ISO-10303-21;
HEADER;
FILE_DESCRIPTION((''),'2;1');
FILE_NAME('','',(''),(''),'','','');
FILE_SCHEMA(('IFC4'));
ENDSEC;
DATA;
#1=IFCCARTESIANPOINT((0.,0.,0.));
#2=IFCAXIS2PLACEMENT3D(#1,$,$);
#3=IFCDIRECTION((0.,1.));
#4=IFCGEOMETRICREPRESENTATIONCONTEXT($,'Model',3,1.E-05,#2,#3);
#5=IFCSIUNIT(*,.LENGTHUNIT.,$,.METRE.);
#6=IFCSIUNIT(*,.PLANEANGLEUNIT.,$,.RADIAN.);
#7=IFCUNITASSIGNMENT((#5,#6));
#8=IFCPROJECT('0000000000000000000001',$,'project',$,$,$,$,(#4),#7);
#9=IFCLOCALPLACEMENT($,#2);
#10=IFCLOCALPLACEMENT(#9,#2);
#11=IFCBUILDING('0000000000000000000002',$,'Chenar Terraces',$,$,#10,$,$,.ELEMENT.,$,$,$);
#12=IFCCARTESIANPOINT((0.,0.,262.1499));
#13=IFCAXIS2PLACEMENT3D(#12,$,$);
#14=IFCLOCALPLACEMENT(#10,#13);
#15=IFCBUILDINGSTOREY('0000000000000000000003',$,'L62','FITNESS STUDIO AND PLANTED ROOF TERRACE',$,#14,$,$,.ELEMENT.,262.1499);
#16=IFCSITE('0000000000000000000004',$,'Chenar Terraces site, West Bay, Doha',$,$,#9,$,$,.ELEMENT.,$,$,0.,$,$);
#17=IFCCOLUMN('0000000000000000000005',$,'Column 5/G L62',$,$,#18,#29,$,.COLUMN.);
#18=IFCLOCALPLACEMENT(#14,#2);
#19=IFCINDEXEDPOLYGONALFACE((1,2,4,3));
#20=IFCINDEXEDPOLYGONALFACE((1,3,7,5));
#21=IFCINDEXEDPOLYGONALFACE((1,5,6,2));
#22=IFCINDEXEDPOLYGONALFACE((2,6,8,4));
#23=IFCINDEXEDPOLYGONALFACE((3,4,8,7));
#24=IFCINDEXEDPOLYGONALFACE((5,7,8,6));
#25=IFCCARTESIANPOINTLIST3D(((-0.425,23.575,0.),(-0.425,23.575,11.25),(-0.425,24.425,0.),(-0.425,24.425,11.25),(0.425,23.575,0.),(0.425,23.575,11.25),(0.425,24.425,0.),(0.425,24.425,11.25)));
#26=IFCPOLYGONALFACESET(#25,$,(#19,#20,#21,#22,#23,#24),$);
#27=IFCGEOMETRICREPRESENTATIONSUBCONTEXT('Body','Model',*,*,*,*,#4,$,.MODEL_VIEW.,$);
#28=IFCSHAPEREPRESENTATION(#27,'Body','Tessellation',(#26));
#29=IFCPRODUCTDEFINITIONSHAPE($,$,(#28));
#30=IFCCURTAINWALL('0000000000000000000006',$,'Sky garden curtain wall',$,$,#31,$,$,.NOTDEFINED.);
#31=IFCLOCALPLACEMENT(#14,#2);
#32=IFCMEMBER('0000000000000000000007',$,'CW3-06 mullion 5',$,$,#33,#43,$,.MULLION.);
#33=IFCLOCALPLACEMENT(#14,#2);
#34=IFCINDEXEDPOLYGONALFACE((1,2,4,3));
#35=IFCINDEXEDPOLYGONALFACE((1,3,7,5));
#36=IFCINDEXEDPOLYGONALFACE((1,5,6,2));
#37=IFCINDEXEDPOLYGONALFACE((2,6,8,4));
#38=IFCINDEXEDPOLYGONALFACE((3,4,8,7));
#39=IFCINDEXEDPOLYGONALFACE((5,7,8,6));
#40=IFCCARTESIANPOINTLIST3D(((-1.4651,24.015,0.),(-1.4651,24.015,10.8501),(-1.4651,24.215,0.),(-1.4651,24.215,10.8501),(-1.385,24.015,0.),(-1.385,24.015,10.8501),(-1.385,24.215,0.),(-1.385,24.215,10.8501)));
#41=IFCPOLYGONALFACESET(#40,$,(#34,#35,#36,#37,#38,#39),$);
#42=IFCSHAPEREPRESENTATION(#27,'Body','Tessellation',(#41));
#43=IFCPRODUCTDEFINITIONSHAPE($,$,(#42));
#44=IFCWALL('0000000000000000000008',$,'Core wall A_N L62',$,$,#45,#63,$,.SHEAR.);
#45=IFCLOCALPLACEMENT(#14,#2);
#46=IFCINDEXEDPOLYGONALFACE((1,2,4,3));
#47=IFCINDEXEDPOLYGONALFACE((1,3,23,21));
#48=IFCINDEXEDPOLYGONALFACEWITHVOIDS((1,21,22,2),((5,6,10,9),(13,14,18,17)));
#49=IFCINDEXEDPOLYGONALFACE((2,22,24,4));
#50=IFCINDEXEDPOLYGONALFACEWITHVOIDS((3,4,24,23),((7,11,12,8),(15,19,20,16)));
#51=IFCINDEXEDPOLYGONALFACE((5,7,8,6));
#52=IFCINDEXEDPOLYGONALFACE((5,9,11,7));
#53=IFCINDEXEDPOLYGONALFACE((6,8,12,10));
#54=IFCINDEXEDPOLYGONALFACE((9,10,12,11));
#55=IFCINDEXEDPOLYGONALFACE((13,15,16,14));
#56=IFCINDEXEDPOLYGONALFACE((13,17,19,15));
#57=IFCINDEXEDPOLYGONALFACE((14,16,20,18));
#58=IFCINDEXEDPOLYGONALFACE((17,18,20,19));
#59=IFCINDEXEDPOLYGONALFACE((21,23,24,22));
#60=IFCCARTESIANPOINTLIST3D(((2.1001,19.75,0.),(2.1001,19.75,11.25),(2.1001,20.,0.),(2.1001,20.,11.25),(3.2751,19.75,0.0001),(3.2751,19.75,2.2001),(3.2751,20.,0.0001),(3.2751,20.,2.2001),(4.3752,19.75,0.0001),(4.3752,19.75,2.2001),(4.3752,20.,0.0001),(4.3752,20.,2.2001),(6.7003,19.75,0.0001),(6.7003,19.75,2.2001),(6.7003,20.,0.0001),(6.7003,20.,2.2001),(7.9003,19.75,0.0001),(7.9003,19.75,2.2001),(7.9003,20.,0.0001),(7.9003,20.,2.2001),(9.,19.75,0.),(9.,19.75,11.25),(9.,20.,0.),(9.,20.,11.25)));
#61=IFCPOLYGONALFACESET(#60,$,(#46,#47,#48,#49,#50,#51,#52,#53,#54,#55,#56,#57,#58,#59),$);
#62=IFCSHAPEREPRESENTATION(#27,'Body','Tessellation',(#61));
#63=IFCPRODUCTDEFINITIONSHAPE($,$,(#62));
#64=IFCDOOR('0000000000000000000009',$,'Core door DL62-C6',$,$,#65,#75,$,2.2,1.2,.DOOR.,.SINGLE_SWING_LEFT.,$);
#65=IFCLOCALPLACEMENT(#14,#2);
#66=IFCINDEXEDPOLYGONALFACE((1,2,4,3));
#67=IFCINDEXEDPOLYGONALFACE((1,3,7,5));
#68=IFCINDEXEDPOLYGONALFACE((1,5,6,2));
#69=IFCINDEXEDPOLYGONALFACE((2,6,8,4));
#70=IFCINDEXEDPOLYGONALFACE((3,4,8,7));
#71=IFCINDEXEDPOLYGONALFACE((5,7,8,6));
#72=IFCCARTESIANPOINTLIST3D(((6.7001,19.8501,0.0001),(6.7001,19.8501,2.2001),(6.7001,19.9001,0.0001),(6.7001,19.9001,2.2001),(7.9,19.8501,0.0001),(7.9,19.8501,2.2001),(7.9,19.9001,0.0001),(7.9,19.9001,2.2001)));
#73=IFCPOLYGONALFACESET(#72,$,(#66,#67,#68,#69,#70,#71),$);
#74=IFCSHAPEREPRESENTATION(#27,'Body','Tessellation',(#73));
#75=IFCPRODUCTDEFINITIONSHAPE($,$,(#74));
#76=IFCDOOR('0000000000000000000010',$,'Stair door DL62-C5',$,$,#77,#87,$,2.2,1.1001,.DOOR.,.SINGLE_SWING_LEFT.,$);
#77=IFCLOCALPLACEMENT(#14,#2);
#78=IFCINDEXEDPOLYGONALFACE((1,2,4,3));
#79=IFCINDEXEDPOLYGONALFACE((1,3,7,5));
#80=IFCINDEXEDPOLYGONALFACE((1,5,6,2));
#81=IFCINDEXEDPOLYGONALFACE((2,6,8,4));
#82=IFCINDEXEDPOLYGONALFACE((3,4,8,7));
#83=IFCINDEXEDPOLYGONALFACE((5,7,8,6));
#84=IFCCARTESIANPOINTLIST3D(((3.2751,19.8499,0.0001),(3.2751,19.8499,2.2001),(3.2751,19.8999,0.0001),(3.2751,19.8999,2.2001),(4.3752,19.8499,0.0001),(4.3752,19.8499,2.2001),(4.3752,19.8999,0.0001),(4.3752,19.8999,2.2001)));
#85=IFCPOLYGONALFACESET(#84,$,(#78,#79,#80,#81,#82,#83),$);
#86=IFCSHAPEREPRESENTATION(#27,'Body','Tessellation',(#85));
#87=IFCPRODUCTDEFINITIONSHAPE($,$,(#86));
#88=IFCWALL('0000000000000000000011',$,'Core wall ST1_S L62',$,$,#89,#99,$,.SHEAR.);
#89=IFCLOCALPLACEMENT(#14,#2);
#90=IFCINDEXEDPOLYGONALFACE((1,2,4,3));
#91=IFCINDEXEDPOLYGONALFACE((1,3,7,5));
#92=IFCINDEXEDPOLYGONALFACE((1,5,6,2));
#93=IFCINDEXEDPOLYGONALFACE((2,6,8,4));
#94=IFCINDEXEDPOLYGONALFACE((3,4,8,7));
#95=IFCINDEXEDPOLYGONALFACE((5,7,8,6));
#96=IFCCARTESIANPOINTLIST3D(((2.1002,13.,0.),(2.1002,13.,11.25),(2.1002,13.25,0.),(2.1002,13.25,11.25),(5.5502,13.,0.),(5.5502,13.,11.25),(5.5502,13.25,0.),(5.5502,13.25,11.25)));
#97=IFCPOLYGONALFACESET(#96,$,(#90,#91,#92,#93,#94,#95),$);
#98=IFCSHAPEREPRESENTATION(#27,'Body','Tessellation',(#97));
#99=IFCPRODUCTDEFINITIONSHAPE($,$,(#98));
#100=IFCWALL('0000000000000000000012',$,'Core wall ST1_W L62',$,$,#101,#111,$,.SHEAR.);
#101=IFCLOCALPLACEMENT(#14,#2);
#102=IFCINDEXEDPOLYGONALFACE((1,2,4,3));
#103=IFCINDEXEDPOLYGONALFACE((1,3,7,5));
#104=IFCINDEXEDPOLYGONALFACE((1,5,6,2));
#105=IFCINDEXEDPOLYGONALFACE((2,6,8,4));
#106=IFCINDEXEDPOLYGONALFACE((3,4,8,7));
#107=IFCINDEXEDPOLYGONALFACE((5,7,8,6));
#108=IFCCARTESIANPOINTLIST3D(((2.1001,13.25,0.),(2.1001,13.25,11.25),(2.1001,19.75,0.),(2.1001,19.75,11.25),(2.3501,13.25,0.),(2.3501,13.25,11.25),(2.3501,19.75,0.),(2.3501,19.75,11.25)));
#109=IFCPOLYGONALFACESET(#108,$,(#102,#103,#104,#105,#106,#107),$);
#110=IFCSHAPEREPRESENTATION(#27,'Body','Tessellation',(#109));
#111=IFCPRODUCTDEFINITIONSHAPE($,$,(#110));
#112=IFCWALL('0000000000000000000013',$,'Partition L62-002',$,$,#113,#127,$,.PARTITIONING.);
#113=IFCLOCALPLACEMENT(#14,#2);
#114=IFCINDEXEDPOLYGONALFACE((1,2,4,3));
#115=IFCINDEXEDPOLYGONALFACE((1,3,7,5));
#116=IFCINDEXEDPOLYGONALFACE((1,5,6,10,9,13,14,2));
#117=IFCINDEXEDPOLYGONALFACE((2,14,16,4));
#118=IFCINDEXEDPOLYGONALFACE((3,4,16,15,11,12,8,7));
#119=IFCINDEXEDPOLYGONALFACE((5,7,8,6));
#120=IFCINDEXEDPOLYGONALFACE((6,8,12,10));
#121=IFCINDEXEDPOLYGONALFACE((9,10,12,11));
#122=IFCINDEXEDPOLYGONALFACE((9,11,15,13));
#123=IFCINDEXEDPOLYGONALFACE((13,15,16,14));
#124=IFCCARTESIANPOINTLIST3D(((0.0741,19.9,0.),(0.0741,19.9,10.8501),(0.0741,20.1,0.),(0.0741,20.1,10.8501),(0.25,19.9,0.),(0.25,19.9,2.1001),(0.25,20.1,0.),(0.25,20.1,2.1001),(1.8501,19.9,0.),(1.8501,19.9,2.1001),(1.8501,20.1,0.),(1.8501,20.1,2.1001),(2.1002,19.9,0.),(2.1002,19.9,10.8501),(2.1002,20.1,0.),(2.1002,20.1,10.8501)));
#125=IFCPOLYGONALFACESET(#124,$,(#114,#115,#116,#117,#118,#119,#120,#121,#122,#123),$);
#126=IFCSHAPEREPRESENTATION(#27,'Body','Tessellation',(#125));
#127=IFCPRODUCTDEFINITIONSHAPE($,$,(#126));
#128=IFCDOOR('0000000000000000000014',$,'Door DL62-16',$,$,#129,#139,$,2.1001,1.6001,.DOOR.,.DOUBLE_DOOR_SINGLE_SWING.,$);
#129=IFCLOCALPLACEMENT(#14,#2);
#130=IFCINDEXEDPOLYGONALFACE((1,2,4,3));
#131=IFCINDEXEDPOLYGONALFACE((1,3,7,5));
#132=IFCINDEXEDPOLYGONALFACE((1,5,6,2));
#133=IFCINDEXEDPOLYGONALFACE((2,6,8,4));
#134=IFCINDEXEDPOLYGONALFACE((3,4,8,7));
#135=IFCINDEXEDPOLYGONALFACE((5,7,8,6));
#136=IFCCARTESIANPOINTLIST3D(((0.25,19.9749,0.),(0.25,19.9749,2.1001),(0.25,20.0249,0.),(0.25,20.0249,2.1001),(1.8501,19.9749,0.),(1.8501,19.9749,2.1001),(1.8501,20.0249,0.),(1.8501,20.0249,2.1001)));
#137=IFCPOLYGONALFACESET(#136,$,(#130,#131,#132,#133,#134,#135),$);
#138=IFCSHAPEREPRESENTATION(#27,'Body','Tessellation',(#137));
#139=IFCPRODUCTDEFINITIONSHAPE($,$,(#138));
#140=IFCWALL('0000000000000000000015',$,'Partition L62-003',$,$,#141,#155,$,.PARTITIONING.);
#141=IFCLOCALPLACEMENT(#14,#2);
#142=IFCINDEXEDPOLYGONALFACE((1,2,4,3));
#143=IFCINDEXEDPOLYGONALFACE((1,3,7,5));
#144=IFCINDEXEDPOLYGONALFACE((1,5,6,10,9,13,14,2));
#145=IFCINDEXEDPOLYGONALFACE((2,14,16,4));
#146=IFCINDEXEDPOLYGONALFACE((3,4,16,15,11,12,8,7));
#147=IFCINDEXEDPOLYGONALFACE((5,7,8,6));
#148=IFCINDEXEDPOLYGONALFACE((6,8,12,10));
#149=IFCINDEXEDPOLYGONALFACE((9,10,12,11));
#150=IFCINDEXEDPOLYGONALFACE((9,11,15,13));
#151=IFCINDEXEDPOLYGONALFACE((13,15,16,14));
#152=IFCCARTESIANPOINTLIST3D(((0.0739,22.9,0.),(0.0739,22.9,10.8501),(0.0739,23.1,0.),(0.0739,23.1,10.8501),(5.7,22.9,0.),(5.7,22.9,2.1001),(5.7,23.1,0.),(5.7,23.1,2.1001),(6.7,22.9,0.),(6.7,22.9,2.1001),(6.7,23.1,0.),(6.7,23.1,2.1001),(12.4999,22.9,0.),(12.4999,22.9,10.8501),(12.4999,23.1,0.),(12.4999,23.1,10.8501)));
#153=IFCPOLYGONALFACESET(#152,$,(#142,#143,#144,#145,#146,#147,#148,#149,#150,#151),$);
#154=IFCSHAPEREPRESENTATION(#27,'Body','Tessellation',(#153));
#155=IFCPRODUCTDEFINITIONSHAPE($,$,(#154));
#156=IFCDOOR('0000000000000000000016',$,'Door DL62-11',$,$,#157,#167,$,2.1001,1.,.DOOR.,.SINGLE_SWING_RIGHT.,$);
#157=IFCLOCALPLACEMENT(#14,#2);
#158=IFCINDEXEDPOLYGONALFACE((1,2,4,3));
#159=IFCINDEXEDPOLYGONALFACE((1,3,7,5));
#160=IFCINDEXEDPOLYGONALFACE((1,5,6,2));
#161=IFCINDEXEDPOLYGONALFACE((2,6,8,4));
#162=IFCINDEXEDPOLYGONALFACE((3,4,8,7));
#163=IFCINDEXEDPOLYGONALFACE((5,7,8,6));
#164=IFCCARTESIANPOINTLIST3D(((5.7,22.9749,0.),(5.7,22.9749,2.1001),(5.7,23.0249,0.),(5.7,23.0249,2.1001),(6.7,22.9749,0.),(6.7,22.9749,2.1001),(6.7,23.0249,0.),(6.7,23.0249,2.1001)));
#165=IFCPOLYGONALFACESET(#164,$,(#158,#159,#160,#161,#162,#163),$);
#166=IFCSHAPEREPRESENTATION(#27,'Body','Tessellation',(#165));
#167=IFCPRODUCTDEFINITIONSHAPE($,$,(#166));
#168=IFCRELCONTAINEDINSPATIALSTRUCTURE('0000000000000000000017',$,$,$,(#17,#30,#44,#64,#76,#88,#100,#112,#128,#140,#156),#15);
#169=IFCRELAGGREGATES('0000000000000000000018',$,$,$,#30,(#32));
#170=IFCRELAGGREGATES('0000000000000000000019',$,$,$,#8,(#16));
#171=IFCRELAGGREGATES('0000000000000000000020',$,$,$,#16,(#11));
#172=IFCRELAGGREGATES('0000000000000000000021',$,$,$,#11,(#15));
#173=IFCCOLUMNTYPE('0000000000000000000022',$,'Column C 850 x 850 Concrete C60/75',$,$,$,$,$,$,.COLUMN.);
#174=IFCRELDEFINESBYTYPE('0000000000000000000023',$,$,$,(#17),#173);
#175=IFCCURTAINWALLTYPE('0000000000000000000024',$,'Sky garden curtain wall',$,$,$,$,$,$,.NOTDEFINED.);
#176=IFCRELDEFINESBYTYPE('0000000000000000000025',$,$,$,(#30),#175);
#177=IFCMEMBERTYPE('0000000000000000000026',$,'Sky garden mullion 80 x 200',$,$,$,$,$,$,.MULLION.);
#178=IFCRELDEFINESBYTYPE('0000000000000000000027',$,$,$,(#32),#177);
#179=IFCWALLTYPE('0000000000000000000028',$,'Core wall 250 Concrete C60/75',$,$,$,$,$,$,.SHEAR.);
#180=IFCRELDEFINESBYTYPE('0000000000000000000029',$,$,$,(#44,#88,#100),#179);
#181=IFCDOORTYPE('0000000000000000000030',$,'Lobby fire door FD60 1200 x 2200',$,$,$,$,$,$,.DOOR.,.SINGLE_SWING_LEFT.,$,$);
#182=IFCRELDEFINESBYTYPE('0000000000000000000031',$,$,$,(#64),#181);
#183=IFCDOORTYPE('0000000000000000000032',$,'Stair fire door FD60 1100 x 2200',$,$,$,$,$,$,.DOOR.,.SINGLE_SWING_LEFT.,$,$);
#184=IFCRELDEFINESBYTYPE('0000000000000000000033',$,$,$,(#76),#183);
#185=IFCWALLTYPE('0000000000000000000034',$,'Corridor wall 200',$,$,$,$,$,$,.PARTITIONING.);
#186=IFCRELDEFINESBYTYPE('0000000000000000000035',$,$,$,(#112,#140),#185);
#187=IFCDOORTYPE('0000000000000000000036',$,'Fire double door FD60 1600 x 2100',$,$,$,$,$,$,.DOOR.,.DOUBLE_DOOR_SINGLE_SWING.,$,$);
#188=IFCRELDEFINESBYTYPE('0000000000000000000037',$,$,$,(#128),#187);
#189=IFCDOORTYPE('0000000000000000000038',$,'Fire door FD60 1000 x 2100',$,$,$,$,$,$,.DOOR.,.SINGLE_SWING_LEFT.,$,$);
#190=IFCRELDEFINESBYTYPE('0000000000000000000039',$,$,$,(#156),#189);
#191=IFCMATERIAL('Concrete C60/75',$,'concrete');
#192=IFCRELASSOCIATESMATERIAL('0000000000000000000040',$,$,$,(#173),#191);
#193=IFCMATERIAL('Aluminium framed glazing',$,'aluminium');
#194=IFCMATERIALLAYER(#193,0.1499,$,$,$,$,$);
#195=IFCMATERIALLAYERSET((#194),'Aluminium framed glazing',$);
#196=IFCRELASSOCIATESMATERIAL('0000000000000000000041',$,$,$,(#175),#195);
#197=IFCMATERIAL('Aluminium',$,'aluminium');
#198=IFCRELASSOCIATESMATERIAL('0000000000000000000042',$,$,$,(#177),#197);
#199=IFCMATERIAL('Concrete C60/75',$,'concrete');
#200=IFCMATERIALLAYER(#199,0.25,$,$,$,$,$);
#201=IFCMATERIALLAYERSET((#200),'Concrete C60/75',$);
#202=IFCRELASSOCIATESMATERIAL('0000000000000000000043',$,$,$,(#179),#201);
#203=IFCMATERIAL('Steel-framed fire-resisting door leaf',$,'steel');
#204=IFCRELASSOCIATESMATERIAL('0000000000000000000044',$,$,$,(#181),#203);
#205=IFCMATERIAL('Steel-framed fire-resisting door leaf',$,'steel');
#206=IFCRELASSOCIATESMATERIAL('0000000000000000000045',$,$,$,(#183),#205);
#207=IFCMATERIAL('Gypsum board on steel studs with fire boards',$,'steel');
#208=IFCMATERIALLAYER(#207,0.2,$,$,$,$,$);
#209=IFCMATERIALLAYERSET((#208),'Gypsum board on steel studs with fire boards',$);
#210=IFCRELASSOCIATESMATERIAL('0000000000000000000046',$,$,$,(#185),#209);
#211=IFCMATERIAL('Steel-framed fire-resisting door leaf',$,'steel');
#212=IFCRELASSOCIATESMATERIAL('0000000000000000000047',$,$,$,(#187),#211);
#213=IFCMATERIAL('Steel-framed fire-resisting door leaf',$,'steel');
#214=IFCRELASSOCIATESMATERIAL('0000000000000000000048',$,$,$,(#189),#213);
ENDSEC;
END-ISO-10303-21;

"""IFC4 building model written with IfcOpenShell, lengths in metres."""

from ifc_helpers import new_model, si_unit, direction, frame, frame_2d, origin, origin_2d, place, context, subcontext, project, spatial, rectangle, extrude, material, layer, layer_set, material_profile, profile_set, type_object, element, fill, aggregate, save


model = new_model("IFC4")

# Units and contexts
model_context = context("Model", 3, precision=1e-05, world=origin(), true_north=direction((0.0, 1.0)))
body_context = subcontext(model_context, "Body", "Model", "MODEL_VIEW")
ifc_project = project(units=[si_unit("LENGTHUNIT", "METRE"), si_unit("PLANEANGLEUNIT", "RADIAN")], contexts=[model_context])

# Site, building, storey
site_placement = place(None, origin())
site = spatial("IfcSite", under=ifc_project, at=site_placement, Name="Chenar Terraces site, West Bay, Doha", CompositionType="ELEMENT", RefElevation=0.0)
building_placement = place(site_placement, origin())
building = spatial("IfcBuilding", under=site, at=building_placement, Name="Chenar Terraces", CompositionType="ELEMENT")
storey_placement = place(building_placement, frame((0.0, 0.0, 262.1499)))
storey = spatial("IfcBuildingStorey", under=building, at=storey_placement, Name="L62", Description="FITNESS STUDIO AND PLANTED ROOF TERRACE", CompositionType="ELEMENT", Elevation=262.1499)

# Column
ifc_material_1 = material(Name="Concrete C60/75", Category="concrete")
ifc_material_profile_1 = material_profile(ifc_material_1, rectangle(XDim=0.8501, YDim=0.8501, at=origin_2d()), Name="C 850 x 850")
ifc_profile_set_1 = profile_set([ifc_material_profile_1], Name="Concrete C60/75")
column_type = type_object("IfcColumnType", Name="Column C 850 x 850 Concrete C60/75", PredefinedType="COLUMN", material=ifc_profile_set_1)
column_placement = place(storey_placement, frame((0.0, 24.0, 0.0), z_axis=(0.0, 0.0, 1.0), x_axis=(1.0, 0.0, 0.0)))
element("IfcColumn", 1, at=column_placement, inside=storey, type_object=column_type, Name="Column 5/G L62", PredefinedType="COLUMN", context=body_context, shape_type="SweptSolid", body=[
    extrude(rectangle(XDim=0.8501, YDim=0.8501, at=origin_2d()), origin(), (0.0, 0.0, 1.0), 11.25),
])

# Curtain wall, member
ifc_material_2 = material(Name="Aluminium framed glazing", Category="aluminium")
ifc_layer_1 = layer(ifc_material_2, 0.1499)
ifc_layer_set_1 = layer_set([ifc_layer_1], Name="Aluminium framed glazing")
curtain_wall_type = type_object("IfcCurtainWallType", Name="Sky garden curtain wall", PredefinedType="NOTDEFINED", material=ifc_layer_set_1)
curtain_wall_placement = place(storey_placement, origin())
curtain_wall = element("IfcCurtainWall", 2, at=curtain_wall_placement, inside=storey, type_object=curtain_wall_type, Name="Sky garden curtain wall", PredefinedType="NOTDEFINED")
ifc_material_3 = material(Name="Aluminium", Category="aluminium")
ifc_material_profile_2 = material_profile(ifc_material_3, rectangle(XDim=0.0801, YDim=0.2, at=origin_2d()), Name="Sky garden mullion 80 x 200")
ifc_profile_set_2 = profile_set([ifc_material_profile_2], Name="Aluminium")
member_type = type_object("IfcMemberType", Name="Sky garden mullion 80 x 200", PredefinedType="MULLION", material=ifc_profile_set_2)
member_placement = place(storey_placement, frame((-1.425, 24.115, 0.0), z_axis=(0.0, 0.0, 1.0), x_axis=(1.0, 0.0, 0.0)))
member = element("IfcMember", 3, at=member_placement, type_object=member_type, Name="CW3-06 mullion 5", PredefinedType="MULLION", context=body_context, shape_type="SweptSolid", body=[
    extrude(rectangle(XDim=0.0801, YDim=0.2, at=origin_2d()), origin(), (0.0, 0.0, 1.0), 10.8501),
])
aggregate(curtain_wall, [member])

# Wall, openings, doors
ifc_material_4 = material(Name="Concrete C60/75", Category="concrete")
ifc_layer_2 = layer(ifc_material_4, 0.25)
ifc_layer_set_2 = layer_set([ifc_layer_2], Name="Concrete C60/75")
wall_type_1 = type_object("IfcWallType", Name="Core wall 250 Concrete C60/75", PredefinedType="SHEAR", material=ifc_layer_set_2)
wall_1_placement = place(storey_placement, frame((2.1001, 19.875, 0.0), z_axis=(0.0, 0.0, 1.0), x_axis=(1.0, 0.0, 0.0)))
wall_1 = element("IfcWall", 4, at=wall_1_placement, inside=storey, type_object=wall_type_1, Name="Core wall A_N L62", PredefinedType="SHEAR", context=body_context, shape_type="SweptSolid", body=[
    extrude(rectangle(XDim=6.8999, YDim=0.25, at=frame_2d((3.45, 0.0))), origin(), (0.0, 0.0, 1.0), 11.25),
])
opening_1_placement = place(wall_1_placement, frame((1.175, 0.0, 0.0)))
opening_1 = element("IfcOpeningElement", 5, at=opening_1_placement, cuts=wall_1, PredefinedType="OPENING", context=body_context, shape_type="SweptSolid", body=[
    extrude(rectangle(XDim=1.1001, YDim=2.2, at=frame_2d((0.55, 1.1001))), frame((0.0, 0.135, 0.0), z_axis=(0.0, -1.0, 0.0), x_axis=(1.0, 0.0, 0.0)), (0.0, 0.0, 1.0), 0.27),
])
opening_2_placement = place(wall_1_placement, frame((4.6001, 0.0, 0.0)))
opening_2 = element("IfcOpeningElement", 6, at=opening_2_placement, cuts=wall_1, PredefinedType="OPENING", context=body_context, shape_type="SweptSolid", body=[
    extrude(rectangle(XDim=1.2, YDim=2.2, at=frame_2d((0.6001, 1.1001))), frame((0.0, 0.135, 0.0), z_axis=(0.0, -1.0, 0.0), x_axis=(1.0, 0.0, 0.0)), (0.0, 0.0, 1.0), 0.27),
])
ifc_material_5 = material(Name="Steel-framed fire-resisting door leaf", Category="steel")
door_type_1 = type_object("IfcDoorType", Name="Lobby fire door FD60 1200 x 2200", OperationType="SINGLE_SWING_LEFT", PredefinedType="DOOR", material=ifc_material_5)
door_1_placement = place(opening_2_placement, frame((1.2, 0.0, 0.0), z_axis=(0.0, 0.0, 1.0), x_axis=(-1.0, 0.0, 0.0)))
door_1 = element("IfcDoor", 7, at=door_1_placement, inside=storey, type_object=door_type_1, Name="Core door DL62-C6", OperationType="SINGLE_SWING_LEFT", OverallHeight=2.2, OverallWidth=1.2, PredefinedType="DOOR", context=body_context, shape_type="SweptSolid", body=[
    extrude(rectangle(XDim=1.2, YDim=2.2, at=frame_2d((0.6001, 1.1001))), frame((0.0, 0.0249, 0.0), z_axis=(0.0, -1.0, 0.0), x_axis=(1.0, 0.0, 0.0)), (0.0, 0.0, 1.0), 0.05),
])
fill(opening_2, door_1)
ifc_material_6 = material(Name="Steel-framed fire-resisting door leaf", Category="steel")
door_type_2 = type_object("IfcDoorType", Name="Stair fire door FD60 1100 x 2200", OperationType="SINGLE_SWING_LEFT", PredefinedType="DOOR", material=ifc_material_6)
door_2_placement = place(opening_1_placement, origin())
door_2 = element("IfcDoor", 8, at=door_2_placement, inside=storey, type_object=door_type_2, Name="Stair door DL62-C5", OperationType="SINGLE_SWING_LEFT", OverallHeight=2.2, OverallWidth=1.1001, PredefinedType="DOOR", context=body_context, shape_type="SweptSolid", body=[
    extrude(rectangle(XDim=1.1001, YDim=2.2, at=frame_2d((0.55, 1.1001))), frame((0.0, 0.0249, 0.0), z_axis=(0.0, -1.0, 0.0), x_axis=(1.0, 0.0, 0.0)), (0.0, 0.0, 1.0), 0.05),
])
fill(opening_1, door_2)

# Walls
wall_2_placement = place(storey_placement, frame((2.1001, 13.125, 0.0), z_axis=(0.0, 0.0, 1.0), x_axis=(1.0, 0.0, 0.0)))
element("IfcWall", 9, at=wall_2_placement, inside=storey, type_object=wall_type_1, Name="Core wall ST1_S L62", PredefinedType="SHEAR", context=body_context, shape_type="SweptSolid", body=[
    extrude(rectangle(XDim=3.45, YDim=0.25, at=frame_2d((1.7251, 0.0))), origin(), (0.0, 0.0, 1.0), 11.25),
])
wall_3_placement = place(storey_placement, frame((2.2251, 13.25, 0.0), z_axis=(0.0, 0.0, 1.0), x_axis=(0.0, 1.0, 0.0)))
element("IfcWall", 10, at=wall_3_placement, inside=storey, type_object=wall_type_1, Name="Core wall ST1_W L62", PredefinedType="SHEAR", context=body_context, shape_type="SweptSolid", body=[
    extrude(rectangle(XDim=6.5, YDim=0.25, at=frame_2d((3.25, 0.0))), origin(), (0.0, 0.0, 1.0), 11.25),
])

# Walls, openings, doors
ifc_material_7 = material(Name="Gypsum board on steel studs with fire boards", Category="steel")
ifc_layer_3 = layer(ifc_material_7, 0.2)
ifc_layer_set_3 = layer_set([ifc_layer_3], Name="Gypsum board on steel studs with fire boards")
wall_type_2 = type_object("IfcWallType", Name="Corridor wall 200", PredefinedType="PARTITIONING", material=ifc_layer_set_3)
wall_4_placement = place(storey_placement, frame((0.074, 20.0, 0.0), z_axis=(0.0, 0.0, 1.0), x_axis=(1.0, 0.0, 0.0)))
wall_4 = element("IfcWall", 11, at=wall_4_placement, inside=storey, type_object=wall_type_2, Name="Partition L62-002", PredefinedType="PARTITIONING", context=body_context, shape_type="SweptSolid", body=[
    extrude(rectangle(XDim=2.0261, YDim=0.2, at=frame_2d((1.0132, 0.0))), origin(), (0.0, 0.0, 1.0), 10.8501),
])
opening_3_placement = place(wall_4_placement, frame((0.176, 0.0, 0.0)))
opening_3 = element("IfcOpeningElement", 12, at=opening_3_placement, cuts=wall_4, PredefinedType="OPENING", context=body_context, shape_type="SweptSolid", body=[
    extrude(rectangle(XDim=1.6001, YDim=2.1001, at=frame_2d((0.8, 1.05))), frame((0.0, 0.1099, 0.0), z_axis=(0.0, -1.0, 0.0), x_axis=(1.0, 0.0, 0.0)), (0.0, 0.0, 1.0), 0.22),
])
ifc_material_8 = material(Name="Steel-framed fire-resisting door leaf", Category="steel")
door_type_3 = type_object("IfcDoorType", Name="Fire double door FD60 1600 x 2100", OperationType="DOUBLE_DOOR_SINGLE_SWING", PredefinedType="DOOR", material=ifc_material_8)
door_3_placement = place(opening_3_placement, origin())
door_3 = element("IfcDoor", 13, at=door_3_placement, inside=storey, type_object=door_type_3, Name="Door DL62-16", OperationType="DOUBLE_DOOR_SINGLE_SWING", OverallHeight=2.1001, OverallWidth=1.6001, PredefinedType="DOOR", context=body_context, shape_type="SweptSolid", body=[
    extrude(rectangle(XDim=1.6001, YDim=2.1001, at=frame_2d((0.8, 1.05))), frame((0.0, 0.0249, 0.0), z_axis=(0.0, -1.0, 0.0), x_axis=(1.0, 0.0, 0.0)), (0.0, 0.0, 1.0), 0.05),
])
fill(opening_3, door_3)
wall_5_placement = place(storey_placement, frame((0.074, 23.0, 0.0), z_axis=(0.0, 0.0, 1.0), x_axis=(1.0, 0.0, 0.0)))
wall_5 = element("IfcWall", 14, at=wall_5_placement, inside=storey, type_object=wall_type_2, Name="Partition L62-003", PredefinedType="PARTITIONING", context=body_context, shape_type="SweptSolid", body=[
    extrude(rectangle(XDim=12.426, YDim=0.2, at=frame_2d((6.2129, 0.0))), origin(), (0.0, 0.0, 1.0), 10.8501),
])
opening_4_placement = place(wall_5_placement, frame((5.626, 0.0, 0.0)))
opening_4 = element("IfcOpeningElement", 15, at=opening_4_placement, cuts=wall_5, PredefinedType="OPENING", context=body_context, shape_type="SweptSolid", body=[
    extrude(rectangle(XDim=1.0, YDim=2.1001, at=frame_2d((0.5, 1.05))), frame((0.0, 0.1099, 0.0), z_axis=(0.0, -1.0, 0.0), x_axis=(1.0, 0.0, 0.0)), (0.0, 0.0, 1.0), 0.22),
])
ifc_material_9 = material(Name="Steel-framed fire-resisting door leaf", Category="steel")
door_type_4 = type_object("IfcDoorType", Name="Fire door FD60 1000 x 2100", OperationType="SINGLE_SWING_LEFT", PredefinedType="DOOR", material=ifc_material_9)
door_4_placement = place(opening_4_placement, origin())
door_4 = element("IfcDoor", 16, at=door_4_placement, inside=storey, type_object=door_type_4, Name="Door DL62-11", OperationType="SINGLE_SWING_RIGHT", OverallHeight=2.1001, OverallWidth=1.0, PredefinedType="DOOR", context=body_context, shape_type="SweptSolid", body=[
    extrude(rectangle(XDim=1.0, YDim=2.1001, at=frame_2d((0.5, 1.05))), frame((0.0, 0.0249, 0.0), z_axis=(0.0, -1.0, 0.0), x_axis=(1.0, 0.0, 0.0)), (0.0, 0.0, 1.0), 0.05),
])
fill(opening_4, door_4)

save(model, "model.ifc")
